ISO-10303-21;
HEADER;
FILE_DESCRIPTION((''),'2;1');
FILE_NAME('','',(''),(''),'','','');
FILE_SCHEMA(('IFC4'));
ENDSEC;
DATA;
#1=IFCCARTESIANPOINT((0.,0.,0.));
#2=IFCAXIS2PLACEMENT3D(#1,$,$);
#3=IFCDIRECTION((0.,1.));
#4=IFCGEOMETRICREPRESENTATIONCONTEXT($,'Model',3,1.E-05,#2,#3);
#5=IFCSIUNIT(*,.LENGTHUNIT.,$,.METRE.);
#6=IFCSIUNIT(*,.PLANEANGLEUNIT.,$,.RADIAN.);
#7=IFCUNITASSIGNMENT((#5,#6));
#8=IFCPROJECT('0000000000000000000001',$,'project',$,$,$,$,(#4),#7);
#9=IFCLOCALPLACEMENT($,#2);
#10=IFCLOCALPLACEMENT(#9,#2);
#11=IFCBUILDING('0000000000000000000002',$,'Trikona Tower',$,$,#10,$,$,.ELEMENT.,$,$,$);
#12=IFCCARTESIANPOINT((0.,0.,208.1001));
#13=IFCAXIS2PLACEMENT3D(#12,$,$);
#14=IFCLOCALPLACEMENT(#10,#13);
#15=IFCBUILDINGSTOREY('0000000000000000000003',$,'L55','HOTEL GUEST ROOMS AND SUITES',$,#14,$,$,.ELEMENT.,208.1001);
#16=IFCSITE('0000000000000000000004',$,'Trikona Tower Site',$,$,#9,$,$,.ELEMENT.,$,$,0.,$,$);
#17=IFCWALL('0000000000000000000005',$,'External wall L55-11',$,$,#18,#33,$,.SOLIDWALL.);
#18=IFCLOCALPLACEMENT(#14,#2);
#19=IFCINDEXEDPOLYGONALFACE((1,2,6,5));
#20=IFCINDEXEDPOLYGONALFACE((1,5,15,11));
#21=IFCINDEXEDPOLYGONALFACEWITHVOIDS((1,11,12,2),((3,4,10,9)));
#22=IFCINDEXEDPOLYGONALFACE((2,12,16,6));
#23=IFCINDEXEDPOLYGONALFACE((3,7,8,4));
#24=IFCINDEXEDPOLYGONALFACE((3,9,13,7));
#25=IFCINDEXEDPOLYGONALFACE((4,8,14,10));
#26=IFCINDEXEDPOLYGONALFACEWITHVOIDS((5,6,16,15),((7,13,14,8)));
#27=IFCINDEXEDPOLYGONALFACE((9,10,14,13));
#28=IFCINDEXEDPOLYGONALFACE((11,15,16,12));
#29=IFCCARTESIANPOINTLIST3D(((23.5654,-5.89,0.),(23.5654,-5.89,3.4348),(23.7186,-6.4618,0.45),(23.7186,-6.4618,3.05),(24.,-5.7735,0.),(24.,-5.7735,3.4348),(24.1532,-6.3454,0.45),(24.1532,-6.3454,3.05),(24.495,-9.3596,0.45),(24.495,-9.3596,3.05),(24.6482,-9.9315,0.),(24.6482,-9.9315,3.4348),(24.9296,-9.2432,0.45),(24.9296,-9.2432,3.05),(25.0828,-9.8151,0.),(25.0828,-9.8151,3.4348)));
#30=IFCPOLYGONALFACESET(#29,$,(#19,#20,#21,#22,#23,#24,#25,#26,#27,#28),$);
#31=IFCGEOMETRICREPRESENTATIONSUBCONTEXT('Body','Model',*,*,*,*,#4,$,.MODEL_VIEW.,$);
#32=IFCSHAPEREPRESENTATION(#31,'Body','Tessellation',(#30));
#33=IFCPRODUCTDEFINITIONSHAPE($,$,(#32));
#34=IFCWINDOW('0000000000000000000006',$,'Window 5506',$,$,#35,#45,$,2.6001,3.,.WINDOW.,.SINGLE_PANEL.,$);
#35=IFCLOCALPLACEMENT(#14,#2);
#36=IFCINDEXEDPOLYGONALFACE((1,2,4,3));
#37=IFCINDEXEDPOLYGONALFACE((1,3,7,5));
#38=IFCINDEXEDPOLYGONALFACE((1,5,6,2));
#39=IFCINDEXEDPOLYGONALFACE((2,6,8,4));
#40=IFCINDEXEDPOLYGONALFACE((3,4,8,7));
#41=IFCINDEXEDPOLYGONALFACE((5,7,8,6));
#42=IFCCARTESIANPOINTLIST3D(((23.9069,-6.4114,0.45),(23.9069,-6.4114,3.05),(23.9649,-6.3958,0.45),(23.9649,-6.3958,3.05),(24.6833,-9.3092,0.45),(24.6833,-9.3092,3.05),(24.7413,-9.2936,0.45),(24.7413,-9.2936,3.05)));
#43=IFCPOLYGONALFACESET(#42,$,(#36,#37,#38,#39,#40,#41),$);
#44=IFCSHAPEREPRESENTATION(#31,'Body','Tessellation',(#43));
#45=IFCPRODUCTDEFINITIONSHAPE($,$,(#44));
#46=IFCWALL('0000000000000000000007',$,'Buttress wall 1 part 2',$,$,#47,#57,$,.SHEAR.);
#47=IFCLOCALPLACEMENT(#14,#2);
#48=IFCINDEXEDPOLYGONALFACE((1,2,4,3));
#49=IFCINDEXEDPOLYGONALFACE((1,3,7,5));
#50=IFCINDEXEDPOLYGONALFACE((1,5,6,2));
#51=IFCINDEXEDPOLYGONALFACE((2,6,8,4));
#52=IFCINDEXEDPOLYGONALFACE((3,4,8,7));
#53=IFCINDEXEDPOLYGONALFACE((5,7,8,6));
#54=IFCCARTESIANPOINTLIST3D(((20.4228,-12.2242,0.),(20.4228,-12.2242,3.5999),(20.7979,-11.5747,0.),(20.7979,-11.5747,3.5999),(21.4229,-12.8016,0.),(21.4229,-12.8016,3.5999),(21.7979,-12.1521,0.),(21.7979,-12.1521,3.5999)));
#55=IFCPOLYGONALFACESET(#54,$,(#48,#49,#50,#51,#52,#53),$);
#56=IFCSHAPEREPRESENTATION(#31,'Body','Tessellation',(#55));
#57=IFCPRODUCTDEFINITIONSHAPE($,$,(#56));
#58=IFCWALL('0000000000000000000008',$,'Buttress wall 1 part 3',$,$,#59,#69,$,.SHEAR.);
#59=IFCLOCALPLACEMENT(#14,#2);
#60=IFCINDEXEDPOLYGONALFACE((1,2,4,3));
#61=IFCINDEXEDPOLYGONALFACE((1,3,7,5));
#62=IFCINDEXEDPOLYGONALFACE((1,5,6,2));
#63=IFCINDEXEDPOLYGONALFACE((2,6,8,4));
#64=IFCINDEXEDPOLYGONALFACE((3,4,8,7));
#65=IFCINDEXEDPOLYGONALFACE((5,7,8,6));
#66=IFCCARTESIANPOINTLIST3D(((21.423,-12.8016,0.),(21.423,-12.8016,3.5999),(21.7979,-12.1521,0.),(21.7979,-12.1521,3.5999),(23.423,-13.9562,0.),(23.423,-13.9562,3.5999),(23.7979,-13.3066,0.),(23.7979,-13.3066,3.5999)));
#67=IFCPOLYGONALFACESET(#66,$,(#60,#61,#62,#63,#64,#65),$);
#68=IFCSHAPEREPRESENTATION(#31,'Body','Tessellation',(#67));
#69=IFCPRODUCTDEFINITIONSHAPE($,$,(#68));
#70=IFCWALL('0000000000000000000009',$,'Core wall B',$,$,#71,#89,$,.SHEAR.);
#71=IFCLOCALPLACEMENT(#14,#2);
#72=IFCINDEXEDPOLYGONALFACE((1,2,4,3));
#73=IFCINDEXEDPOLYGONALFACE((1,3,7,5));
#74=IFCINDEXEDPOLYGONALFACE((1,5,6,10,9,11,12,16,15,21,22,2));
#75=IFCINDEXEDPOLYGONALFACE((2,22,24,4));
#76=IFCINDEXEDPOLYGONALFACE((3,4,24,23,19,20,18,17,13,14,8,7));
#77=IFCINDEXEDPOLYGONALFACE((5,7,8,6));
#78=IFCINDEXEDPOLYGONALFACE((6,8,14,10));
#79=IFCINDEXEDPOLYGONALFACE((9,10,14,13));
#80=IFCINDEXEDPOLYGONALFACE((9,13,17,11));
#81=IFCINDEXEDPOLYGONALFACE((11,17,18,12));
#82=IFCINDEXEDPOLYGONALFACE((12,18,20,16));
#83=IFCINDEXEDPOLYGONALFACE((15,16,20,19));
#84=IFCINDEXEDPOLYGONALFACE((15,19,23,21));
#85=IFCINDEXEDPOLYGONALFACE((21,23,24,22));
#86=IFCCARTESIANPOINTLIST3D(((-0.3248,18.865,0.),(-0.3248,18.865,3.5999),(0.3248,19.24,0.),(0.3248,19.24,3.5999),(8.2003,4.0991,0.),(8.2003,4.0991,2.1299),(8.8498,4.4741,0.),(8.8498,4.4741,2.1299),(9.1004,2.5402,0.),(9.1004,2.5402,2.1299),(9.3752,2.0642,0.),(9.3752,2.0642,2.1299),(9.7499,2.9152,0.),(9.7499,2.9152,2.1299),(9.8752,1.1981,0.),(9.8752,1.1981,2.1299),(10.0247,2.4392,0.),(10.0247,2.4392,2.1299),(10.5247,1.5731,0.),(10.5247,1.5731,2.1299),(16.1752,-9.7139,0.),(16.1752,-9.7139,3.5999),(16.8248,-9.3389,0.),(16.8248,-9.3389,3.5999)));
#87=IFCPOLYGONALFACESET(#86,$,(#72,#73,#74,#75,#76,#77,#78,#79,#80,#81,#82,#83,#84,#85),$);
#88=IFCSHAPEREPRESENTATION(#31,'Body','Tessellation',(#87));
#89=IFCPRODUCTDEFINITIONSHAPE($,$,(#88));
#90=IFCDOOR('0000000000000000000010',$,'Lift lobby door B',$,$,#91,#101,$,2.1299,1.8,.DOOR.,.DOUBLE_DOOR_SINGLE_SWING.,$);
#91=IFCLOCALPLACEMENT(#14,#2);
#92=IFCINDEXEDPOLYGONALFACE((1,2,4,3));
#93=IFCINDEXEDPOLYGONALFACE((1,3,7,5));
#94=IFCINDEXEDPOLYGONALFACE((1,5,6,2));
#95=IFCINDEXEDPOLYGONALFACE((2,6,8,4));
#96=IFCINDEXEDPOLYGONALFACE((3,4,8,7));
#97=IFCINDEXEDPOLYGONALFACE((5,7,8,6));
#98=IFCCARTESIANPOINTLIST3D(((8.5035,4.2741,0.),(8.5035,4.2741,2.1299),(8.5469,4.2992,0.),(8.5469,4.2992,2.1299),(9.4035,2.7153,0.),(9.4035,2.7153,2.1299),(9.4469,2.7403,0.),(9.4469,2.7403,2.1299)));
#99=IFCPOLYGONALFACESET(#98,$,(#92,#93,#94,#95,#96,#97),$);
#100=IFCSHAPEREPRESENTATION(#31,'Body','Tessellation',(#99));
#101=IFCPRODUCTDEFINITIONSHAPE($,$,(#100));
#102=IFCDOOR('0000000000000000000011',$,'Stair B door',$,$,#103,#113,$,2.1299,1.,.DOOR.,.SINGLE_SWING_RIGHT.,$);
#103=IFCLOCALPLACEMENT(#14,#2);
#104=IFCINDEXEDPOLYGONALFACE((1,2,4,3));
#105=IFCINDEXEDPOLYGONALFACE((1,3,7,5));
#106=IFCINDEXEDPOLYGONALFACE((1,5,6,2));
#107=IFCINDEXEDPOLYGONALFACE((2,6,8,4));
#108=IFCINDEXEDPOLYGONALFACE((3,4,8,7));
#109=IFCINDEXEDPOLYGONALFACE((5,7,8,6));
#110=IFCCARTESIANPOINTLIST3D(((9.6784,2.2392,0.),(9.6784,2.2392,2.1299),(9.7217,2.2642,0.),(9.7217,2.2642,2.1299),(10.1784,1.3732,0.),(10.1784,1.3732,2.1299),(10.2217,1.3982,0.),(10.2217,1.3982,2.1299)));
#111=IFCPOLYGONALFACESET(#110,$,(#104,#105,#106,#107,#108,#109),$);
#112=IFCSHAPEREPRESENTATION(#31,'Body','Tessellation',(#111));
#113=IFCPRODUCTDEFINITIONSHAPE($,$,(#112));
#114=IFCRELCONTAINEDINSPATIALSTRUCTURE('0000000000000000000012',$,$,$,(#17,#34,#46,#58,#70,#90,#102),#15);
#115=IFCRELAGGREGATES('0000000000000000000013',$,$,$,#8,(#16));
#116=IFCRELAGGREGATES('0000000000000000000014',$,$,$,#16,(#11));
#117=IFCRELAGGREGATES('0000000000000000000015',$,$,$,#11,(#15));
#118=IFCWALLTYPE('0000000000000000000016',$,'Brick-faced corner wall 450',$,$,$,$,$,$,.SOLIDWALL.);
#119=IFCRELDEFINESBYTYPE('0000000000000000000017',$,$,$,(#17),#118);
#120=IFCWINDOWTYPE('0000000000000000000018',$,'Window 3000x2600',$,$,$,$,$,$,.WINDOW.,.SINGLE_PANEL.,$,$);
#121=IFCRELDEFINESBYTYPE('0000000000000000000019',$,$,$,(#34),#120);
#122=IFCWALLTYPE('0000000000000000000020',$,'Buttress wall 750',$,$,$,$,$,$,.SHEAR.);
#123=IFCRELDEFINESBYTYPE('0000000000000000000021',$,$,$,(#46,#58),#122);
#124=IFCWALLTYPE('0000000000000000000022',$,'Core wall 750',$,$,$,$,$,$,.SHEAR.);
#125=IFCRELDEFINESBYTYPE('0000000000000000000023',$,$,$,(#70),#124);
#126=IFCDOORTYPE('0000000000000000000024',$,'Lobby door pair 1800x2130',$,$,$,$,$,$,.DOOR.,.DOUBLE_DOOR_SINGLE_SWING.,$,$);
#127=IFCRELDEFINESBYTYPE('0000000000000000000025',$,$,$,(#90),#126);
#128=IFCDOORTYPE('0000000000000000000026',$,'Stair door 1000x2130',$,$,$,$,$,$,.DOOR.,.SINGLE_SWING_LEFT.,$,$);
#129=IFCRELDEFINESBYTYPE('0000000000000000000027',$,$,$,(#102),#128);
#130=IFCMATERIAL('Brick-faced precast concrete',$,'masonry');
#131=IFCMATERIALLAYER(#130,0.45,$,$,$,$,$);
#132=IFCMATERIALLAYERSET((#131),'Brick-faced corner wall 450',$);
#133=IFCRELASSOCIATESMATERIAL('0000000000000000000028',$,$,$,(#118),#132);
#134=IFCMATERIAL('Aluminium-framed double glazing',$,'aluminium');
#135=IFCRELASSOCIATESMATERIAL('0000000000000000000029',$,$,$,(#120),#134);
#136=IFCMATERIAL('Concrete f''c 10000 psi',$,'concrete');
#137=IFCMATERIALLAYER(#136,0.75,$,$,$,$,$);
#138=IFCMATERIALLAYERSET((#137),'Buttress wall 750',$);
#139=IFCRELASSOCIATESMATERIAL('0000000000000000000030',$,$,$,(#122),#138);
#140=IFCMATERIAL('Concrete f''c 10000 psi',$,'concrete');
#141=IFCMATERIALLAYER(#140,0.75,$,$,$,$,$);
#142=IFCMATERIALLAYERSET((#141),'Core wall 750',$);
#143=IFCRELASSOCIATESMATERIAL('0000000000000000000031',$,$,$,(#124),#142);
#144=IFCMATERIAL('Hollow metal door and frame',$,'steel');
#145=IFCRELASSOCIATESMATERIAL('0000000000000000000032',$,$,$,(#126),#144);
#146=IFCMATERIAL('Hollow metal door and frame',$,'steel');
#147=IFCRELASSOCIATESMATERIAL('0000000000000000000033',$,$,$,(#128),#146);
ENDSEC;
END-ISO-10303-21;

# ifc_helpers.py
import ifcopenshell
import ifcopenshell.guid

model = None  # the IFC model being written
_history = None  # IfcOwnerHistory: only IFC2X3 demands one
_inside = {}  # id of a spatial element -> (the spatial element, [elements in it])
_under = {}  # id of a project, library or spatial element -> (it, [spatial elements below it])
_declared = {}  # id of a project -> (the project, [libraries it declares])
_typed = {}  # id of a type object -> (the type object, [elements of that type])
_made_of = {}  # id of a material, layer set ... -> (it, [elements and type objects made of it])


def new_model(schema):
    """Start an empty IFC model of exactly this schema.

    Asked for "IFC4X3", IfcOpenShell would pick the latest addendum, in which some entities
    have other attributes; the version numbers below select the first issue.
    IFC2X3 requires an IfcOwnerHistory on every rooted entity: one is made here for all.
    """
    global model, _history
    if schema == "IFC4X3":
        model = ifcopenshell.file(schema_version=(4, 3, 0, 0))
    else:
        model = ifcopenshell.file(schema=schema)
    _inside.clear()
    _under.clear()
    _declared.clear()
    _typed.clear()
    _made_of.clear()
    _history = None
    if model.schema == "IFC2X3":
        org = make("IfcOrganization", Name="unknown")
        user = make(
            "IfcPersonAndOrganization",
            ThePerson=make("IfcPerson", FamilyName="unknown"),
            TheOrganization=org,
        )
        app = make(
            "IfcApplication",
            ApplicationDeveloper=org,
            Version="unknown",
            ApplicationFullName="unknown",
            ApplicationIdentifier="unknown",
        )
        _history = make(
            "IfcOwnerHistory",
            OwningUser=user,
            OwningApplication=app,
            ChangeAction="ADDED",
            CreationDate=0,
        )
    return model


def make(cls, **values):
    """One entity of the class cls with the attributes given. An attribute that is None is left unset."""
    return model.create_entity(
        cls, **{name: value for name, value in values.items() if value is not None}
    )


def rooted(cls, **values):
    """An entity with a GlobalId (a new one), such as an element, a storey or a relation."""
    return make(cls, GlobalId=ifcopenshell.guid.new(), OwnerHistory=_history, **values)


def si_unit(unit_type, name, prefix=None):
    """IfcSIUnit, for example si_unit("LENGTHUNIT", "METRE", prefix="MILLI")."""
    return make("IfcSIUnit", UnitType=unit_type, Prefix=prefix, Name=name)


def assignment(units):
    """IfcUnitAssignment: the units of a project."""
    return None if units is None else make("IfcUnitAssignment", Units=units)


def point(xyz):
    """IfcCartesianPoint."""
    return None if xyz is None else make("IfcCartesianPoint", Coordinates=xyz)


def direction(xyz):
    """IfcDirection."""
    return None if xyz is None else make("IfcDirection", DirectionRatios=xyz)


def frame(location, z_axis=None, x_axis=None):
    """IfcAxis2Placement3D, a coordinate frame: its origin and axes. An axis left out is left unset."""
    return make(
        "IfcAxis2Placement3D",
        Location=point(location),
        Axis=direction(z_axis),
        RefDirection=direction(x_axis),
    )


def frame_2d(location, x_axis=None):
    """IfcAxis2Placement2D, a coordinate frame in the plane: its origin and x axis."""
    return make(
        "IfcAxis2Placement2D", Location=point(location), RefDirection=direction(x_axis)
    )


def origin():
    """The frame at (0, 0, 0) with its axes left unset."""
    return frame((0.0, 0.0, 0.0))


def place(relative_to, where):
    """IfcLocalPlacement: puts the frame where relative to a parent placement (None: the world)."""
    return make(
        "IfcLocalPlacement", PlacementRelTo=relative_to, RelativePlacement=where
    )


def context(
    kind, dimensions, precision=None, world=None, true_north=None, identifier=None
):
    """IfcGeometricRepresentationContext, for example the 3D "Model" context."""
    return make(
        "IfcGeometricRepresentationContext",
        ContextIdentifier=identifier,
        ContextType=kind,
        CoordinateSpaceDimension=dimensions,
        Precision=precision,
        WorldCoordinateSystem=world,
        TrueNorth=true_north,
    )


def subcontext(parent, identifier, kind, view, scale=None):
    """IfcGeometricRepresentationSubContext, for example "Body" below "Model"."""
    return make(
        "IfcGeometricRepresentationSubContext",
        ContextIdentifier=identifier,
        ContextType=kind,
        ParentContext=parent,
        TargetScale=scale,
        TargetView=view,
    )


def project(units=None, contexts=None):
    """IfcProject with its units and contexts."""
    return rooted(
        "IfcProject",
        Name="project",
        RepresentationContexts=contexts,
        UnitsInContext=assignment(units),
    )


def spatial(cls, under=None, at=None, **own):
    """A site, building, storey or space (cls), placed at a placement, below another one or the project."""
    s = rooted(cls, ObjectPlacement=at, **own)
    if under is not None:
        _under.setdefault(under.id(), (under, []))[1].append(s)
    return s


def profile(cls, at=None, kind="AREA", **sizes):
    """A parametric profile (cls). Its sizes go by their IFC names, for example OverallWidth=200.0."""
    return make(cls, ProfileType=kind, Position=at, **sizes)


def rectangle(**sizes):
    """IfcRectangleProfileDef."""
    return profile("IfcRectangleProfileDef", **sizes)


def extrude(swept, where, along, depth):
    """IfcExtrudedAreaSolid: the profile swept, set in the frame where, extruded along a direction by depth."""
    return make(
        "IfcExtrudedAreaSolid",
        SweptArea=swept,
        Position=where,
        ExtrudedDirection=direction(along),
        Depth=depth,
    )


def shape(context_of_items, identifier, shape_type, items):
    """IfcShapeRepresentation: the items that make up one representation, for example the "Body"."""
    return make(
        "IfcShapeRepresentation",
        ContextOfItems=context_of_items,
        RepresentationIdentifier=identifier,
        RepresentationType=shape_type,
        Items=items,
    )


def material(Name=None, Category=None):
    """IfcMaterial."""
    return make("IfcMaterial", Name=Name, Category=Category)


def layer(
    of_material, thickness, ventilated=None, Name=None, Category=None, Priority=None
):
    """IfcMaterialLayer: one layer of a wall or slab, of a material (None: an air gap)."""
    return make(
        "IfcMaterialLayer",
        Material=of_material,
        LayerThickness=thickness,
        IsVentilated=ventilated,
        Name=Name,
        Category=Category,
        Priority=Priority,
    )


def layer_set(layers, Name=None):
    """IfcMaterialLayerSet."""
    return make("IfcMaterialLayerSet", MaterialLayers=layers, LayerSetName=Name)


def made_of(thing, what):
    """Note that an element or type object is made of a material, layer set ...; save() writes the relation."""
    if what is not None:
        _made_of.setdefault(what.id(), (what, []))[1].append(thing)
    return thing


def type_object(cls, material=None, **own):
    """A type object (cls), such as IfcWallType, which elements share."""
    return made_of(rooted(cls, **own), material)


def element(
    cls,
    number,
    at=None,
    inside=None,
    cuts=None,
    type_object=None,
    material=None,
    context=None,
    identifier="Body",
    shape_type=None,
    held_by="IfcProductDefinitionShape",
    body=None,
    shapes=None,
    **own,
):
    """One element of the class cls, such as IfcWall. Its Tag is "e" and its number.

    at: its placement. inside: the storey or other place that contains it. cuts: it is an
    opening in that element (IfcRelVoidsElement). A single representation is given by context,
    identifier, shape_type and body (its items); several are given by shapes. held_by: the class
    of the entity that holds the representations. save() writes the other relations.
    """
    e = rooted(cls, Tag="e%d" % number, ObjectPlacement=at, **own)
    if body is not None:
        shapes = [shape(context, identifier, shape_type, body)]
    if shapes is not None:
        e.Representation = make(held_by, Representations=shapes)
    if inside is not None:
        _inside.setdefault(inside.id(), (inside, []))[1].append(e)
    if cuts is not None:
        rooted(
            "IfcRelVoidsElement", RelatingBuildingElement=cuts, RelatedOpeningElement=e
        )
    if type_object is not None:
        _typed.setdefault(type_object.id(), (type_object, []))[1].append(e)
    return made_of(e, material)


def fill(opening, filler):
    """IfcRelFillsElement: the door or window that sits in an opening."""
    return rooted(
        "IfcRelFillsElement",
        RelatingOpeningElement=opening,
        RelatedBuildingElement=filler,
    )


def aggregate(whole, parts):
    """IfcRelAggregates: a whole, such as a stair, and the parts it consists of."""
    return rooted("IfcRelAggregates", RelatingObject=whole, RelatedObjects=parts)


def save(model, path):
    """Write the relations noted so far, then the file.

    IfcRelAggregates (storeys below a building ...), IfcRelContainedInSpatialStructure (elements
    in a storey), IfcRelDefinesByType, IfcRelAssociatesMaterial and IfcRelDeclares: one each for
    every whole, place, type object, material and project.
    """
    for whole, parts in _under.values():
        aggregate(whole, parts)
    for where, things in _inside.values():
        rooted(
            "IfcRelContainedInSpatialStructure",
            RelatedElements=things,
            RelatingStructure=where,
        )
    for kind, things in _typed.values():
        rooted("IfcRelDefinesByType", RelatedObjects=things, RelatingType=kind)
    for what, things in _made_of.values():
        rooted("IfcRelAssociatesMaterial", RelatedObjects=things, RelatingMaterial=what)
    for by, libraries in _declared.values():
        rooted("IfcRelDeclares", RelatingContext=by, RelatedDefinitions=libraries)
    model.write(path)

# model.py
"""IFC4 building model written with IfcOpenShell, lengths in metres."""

from ifc_helpers import new_model, si_unit, direction, frame, frame_2d, origin, place, context, subcontext, project, spatial, rectangle, extrude, material, layer, layer_set, type_object, element, fill, save


model = new_model("IFC4")

# Units and contexts
model_context = context("Model", 3, precision=1e-05, world=origin(), true_north=direction((0.0, 1.0)))
body_context = subcontext(model_context, "Body", "Model", "MODEL_VIEW")
ifc_project = project(units=[si_unit("LENGTHUNIT", "METRE"), si_unit("PLANEANGLEUNIT", "RADIAN")], contexts=[model_context])

# Site, building, storey
site_placement = place(None, origin())
site = spatial("IfcSite", under=ifc_project, at=site_placement, Name="Trikona Tower Site", CompositionType="ELEMENT", RefElevation=0.0)
building_placement = place(site_placement, origin())
building = spatial("IfcBuilding", under=site, at=building_placement, Name="Trikona Tower", CompositionType="ELEMENT")
storey_placement = place(building_placement, frame((0.0, 0.0, 208.1001)))
storey = spatial("IfcBuildingStorey", under=building, at=storey_placement, Name="L55", Description="HOTEL GUEST ROOMS AND SUITES", CompositionType="ELEMENT", Elevation=208.1001)

# Wall, opening, window
ifc_material_1 = material(Name="Brick-faced precast concrete", Category="masonry")
ifc_layer_1 = layer(ifc_material_1, 0.45)
ifc_layer_set_1 = layer_set([ifc_layer_1], Name="Brick-faced corner wall 450")
wall_type_1 = type_object("IfcWallType", Name="Brick-faced corner wall 450", PredefinedType="SOLIDWALL", material=ifc_layer_set_1)
wall_1_placement = place(storey_placement, frame((24.8655, -9.8733, 0.0), z_axis=(0.0, 0.0, 1.0), x_axis=(-0.258785, 0.965935, 0.0)))
wall_1 = element("IfcWall", 1, at=wall_1_placement, inside=storey, type_object=wall_type_1, Name="External wall L55-11", PredefinedType="SOLIDWALL", context=body_context, shape_type="SweptSolid", body=[
    extrude(rectangle(XDim=4.1841, YDim=0.45, at=frame_2d((2.092, 0.0))), origin(), (0.0, 0.0, 1.0), 3.4348),
])
opening_1_placement = place(wall_1_placement, frame((0.592, 0.0, 0.45)))
opening_1 = element("IfcOpeningElement", 2, at=opening_1_placement, cuts=wall_1, PredefinedType="OPENING", context=body_context, shape_type="SweptSolid", body=[
    extrude(rectangle(XDim=3.0, YDim=2.6001, at=frame_2d((1.5, 1.3))), frame((0.0, 0.2349, 0.0), z_axis=(0.0, -1.0, 0.0), x_axis=(1.0, 0.0, 0.0)), (0.0, 0.0, 1.0), 0.47),
])
ifc_material_2 = material(Name="Aluminium-framed double glazing", Category="aluminium")
window_type_1 = type_object("IfcWindowType", Name="Window 3000x2600", PartitioningType="SINGLE_PANEL", PredefinedType="WINDOW", material=ifc_material_2)
window_1_placement = place(opening_1_placement, origin())
window_1 = element("IfcWindow", 3, at=window_1_placement, inside=storey, type_object=window_type_1, Name="Window 5506", OverallHeight=2.6001, OverallWidth=3.0, PartitioningType="SINGLE_PANEL", PredefinedType="WINDOW", context=body_context, shape_type="SweptSolid", body=[
    extrude(rectangle(XDim=3.0, YDim=2.6001, at=frame_2d((1.5, 1.3))), frame((0.0, 0.03, 0.0), z_axis=(0.0, -1.0, 0.0), x_axis=(1.0, 0.0, 0.0)), (0.0, 0.0, 1.0), 0.0601),
])
fill(opening_1, window_1)

# Walls
ifc_material_3 = material(Name="Concrete f'c 10000 psi", Category="concrete")
ifc_layer_2 = layer(ifc_material_3, 0.75)
ifc_layer_set_2 = layer_set([ifc_layer_2], Name="Buttress wall 750")
wall_type_2 = type_object("IfcWallType", Name="Buttress wall 750", PredefinedType="SHEAR", material=ifc_layer_set_2)
wall_2_placement = place(storey_placement, frame((20.6104, -11.8994, 0.0), z_axis=(0.0, 0.0, 1.0), x_axis=(0.86601, -0.500027, 0.0)))
element("IfcWall", 4, at=wall_2_placement, inside=storey, type_object=wall_type_2, Name="Buttress wall 1 part 2", PredefinedType="SHEAR", context=body_context, shape_type="SweptSolid", body=[
    extrude(rectangle(XDim=1.1548, YDim=0.75, at=frame_2d((0.5774, 0.0))), origin(), (0.0, 0.0, 1.0), 3.5999),
])
wall_3_placement = place(storey_placement, frame((21.6104, -12.4768, 0.0), z_axis=(0.0, 0.0, 1.0), x_axis=(0.866055, -0.499948, 0.0)))
element("IfcWall", 5, at=wall_3_placement, inside=storey, type_object=wall_type_2, Name="Buttress wall 1 part 3", PredefinedType="SHEAR", context=body_context, shape_type="SweptSolid", body=[
    extrude(rectangle(XDim=2.3093, YDim=0.75, at=frame_2d((1.1548, 0.0))), origin(), (0.0, 0.0, 1.0), 3.5999),
])

# Wall, openings, doors
ifc_material_4 = material(Name="Concrete f'c 10000 psi", Category="concrete")
ifc_layer_3 = layer(ifc_material_4, 0.75)
ifc_layer_set_3 = layer_set([ifc_layer_3], Name="Core wall 750")
wall_type_3 = type_object("IfcWallType", Name="Core wall 750", PredefinedType="SHEAR", material=ifc_layer_set_3)
wall_4_placement = place(storey_placement, frame((16.5, -9.5264, 0.0), z_axis=(0.0, 0.0, 1.0), x_axis=(-0.5, 0.866026, 0.0)))
wall_4 = element("IfcWall", 6, at=wall_4_placement, inside=storey, type_object=wall_type_3, Name="Core wall B", PredefinedType="SHEAR", context=body_context, shape_type="SweptSolid", body=[
    extrude(rectangle(XDim=33.0, YDim=0.75, at=frame_2d((16.5, 0.0))), origin(), (0.0, 0.0, 1.0), 3.5999),
])
opening_2_placement = place(wall_4_placement, frame((14.1499, 0.0, 0.0)))
opening_2 = element("IfcOpeningElement", 7, at=opening_2_placement, cuts=wall_4, PredefinedType="OPENING", context=body_context, shape_type="SweptSolid", body=[
    extrude(rectangle(XDim=1.8, YDim=2.1299, at=frame_2d((0.8999, 1.0649))), frame((0.0, 0.385, 0.0), z_axis=(0.0, -1.0, 0.0), x_axis=(1.0, 0.0, 0.0)), (0.0, 0.0, 1.0), 0.77),
])
opening_3_placement = place(wall_4_placement, frame((12.6001, 0.0, 0.0)))
opening_3 = element("IfcOpeningElement", 8, at=opening_3_placement, cuts=wall_4, PredefinedType="OPENING", context=body_context, shape_type="SweptSolid", body=[
    extrude(rectangle(XDim=1.0, YDim=2.1299, at=frame_2d((0.5, 1.0649))), frame((0.0, 0.385, 0.0), z_axis=(0.0, -1.0, 0.0), x_axis=(1.0, 0.0, 0.0)), (0.0, 0.0, 1.0), 0.77),
])
ifc_material_5 = material(Name="Hollow metal door and frame", Category="steel")
door_type_1 = type_object("IfcDoorType", Name="Lobby door pair 1800x2130", OperationType="DOUBLE_DOOR_SINGLE_SWING", PredefinedType="DOOR", material=ifc_material_5)
door_1_placement = place(opening_2_placement, origin())
door_1 = element("IfcDoor", 9, at=door_1_placement, inside=storey, type_object=door_type_1, Name="Lift lobby door B", OperationType="DOUBLE_DOOR_SINGLE_SWING", OverallHeight=2.1299, OverallWidth=1.8, PredefinedType="DOOR", context=body_context, shape_type="SweptSolid", body=[
    extrude(rectangle(XDim=1.8, YDim=2.1299, at=frame_2d((0.8999, 1.0649))), frame((0.0, 0.0249, 0.0), z_axis=(0.0, -1.0, 0.0), x_axis=(1.0, 0.0, 0.0)), (0.0, 0.0, 1.0), 0.05),
])
fill(opening_2, door_1)
ifc_material_6 = material(Name="Hollow metal door and frame", Category="steel")
door_type_2 = type_object("IfcDoorType", Name="Stair door 1000x2130", OperationType="SINGLE_SWING_LEFT", PredefinedType="DOOR", material=ifc_material_6)
door_2_placement = place(opening_3_placement, origin())
door_2 = element("IfcDoor", 10, at=door_2_placement, inside=storey, type_object=door_type_2, Name="Stair B door", OperationType="SINGLE_SWING_RIGHT", OverallHeight=2.1299, OverallWidth=1.0, PredefinedType="DOOR", context=body_context, shape_type="SweptSolid", body=[
    extrude(rectangle(XDim=1.0, YDim=2.1299, at=frame_2d((0.5, 1.0649))), frame((0.0, 0.0249, 0.0), z_axis=(0.0, -1.0, 0.0), x_axis=(1.0, 0.0, 0.0)), (0.0, 0.0, 1.0), 0.05),
])
fill(opening_3, door_2)

save(model, "model.ifc")
